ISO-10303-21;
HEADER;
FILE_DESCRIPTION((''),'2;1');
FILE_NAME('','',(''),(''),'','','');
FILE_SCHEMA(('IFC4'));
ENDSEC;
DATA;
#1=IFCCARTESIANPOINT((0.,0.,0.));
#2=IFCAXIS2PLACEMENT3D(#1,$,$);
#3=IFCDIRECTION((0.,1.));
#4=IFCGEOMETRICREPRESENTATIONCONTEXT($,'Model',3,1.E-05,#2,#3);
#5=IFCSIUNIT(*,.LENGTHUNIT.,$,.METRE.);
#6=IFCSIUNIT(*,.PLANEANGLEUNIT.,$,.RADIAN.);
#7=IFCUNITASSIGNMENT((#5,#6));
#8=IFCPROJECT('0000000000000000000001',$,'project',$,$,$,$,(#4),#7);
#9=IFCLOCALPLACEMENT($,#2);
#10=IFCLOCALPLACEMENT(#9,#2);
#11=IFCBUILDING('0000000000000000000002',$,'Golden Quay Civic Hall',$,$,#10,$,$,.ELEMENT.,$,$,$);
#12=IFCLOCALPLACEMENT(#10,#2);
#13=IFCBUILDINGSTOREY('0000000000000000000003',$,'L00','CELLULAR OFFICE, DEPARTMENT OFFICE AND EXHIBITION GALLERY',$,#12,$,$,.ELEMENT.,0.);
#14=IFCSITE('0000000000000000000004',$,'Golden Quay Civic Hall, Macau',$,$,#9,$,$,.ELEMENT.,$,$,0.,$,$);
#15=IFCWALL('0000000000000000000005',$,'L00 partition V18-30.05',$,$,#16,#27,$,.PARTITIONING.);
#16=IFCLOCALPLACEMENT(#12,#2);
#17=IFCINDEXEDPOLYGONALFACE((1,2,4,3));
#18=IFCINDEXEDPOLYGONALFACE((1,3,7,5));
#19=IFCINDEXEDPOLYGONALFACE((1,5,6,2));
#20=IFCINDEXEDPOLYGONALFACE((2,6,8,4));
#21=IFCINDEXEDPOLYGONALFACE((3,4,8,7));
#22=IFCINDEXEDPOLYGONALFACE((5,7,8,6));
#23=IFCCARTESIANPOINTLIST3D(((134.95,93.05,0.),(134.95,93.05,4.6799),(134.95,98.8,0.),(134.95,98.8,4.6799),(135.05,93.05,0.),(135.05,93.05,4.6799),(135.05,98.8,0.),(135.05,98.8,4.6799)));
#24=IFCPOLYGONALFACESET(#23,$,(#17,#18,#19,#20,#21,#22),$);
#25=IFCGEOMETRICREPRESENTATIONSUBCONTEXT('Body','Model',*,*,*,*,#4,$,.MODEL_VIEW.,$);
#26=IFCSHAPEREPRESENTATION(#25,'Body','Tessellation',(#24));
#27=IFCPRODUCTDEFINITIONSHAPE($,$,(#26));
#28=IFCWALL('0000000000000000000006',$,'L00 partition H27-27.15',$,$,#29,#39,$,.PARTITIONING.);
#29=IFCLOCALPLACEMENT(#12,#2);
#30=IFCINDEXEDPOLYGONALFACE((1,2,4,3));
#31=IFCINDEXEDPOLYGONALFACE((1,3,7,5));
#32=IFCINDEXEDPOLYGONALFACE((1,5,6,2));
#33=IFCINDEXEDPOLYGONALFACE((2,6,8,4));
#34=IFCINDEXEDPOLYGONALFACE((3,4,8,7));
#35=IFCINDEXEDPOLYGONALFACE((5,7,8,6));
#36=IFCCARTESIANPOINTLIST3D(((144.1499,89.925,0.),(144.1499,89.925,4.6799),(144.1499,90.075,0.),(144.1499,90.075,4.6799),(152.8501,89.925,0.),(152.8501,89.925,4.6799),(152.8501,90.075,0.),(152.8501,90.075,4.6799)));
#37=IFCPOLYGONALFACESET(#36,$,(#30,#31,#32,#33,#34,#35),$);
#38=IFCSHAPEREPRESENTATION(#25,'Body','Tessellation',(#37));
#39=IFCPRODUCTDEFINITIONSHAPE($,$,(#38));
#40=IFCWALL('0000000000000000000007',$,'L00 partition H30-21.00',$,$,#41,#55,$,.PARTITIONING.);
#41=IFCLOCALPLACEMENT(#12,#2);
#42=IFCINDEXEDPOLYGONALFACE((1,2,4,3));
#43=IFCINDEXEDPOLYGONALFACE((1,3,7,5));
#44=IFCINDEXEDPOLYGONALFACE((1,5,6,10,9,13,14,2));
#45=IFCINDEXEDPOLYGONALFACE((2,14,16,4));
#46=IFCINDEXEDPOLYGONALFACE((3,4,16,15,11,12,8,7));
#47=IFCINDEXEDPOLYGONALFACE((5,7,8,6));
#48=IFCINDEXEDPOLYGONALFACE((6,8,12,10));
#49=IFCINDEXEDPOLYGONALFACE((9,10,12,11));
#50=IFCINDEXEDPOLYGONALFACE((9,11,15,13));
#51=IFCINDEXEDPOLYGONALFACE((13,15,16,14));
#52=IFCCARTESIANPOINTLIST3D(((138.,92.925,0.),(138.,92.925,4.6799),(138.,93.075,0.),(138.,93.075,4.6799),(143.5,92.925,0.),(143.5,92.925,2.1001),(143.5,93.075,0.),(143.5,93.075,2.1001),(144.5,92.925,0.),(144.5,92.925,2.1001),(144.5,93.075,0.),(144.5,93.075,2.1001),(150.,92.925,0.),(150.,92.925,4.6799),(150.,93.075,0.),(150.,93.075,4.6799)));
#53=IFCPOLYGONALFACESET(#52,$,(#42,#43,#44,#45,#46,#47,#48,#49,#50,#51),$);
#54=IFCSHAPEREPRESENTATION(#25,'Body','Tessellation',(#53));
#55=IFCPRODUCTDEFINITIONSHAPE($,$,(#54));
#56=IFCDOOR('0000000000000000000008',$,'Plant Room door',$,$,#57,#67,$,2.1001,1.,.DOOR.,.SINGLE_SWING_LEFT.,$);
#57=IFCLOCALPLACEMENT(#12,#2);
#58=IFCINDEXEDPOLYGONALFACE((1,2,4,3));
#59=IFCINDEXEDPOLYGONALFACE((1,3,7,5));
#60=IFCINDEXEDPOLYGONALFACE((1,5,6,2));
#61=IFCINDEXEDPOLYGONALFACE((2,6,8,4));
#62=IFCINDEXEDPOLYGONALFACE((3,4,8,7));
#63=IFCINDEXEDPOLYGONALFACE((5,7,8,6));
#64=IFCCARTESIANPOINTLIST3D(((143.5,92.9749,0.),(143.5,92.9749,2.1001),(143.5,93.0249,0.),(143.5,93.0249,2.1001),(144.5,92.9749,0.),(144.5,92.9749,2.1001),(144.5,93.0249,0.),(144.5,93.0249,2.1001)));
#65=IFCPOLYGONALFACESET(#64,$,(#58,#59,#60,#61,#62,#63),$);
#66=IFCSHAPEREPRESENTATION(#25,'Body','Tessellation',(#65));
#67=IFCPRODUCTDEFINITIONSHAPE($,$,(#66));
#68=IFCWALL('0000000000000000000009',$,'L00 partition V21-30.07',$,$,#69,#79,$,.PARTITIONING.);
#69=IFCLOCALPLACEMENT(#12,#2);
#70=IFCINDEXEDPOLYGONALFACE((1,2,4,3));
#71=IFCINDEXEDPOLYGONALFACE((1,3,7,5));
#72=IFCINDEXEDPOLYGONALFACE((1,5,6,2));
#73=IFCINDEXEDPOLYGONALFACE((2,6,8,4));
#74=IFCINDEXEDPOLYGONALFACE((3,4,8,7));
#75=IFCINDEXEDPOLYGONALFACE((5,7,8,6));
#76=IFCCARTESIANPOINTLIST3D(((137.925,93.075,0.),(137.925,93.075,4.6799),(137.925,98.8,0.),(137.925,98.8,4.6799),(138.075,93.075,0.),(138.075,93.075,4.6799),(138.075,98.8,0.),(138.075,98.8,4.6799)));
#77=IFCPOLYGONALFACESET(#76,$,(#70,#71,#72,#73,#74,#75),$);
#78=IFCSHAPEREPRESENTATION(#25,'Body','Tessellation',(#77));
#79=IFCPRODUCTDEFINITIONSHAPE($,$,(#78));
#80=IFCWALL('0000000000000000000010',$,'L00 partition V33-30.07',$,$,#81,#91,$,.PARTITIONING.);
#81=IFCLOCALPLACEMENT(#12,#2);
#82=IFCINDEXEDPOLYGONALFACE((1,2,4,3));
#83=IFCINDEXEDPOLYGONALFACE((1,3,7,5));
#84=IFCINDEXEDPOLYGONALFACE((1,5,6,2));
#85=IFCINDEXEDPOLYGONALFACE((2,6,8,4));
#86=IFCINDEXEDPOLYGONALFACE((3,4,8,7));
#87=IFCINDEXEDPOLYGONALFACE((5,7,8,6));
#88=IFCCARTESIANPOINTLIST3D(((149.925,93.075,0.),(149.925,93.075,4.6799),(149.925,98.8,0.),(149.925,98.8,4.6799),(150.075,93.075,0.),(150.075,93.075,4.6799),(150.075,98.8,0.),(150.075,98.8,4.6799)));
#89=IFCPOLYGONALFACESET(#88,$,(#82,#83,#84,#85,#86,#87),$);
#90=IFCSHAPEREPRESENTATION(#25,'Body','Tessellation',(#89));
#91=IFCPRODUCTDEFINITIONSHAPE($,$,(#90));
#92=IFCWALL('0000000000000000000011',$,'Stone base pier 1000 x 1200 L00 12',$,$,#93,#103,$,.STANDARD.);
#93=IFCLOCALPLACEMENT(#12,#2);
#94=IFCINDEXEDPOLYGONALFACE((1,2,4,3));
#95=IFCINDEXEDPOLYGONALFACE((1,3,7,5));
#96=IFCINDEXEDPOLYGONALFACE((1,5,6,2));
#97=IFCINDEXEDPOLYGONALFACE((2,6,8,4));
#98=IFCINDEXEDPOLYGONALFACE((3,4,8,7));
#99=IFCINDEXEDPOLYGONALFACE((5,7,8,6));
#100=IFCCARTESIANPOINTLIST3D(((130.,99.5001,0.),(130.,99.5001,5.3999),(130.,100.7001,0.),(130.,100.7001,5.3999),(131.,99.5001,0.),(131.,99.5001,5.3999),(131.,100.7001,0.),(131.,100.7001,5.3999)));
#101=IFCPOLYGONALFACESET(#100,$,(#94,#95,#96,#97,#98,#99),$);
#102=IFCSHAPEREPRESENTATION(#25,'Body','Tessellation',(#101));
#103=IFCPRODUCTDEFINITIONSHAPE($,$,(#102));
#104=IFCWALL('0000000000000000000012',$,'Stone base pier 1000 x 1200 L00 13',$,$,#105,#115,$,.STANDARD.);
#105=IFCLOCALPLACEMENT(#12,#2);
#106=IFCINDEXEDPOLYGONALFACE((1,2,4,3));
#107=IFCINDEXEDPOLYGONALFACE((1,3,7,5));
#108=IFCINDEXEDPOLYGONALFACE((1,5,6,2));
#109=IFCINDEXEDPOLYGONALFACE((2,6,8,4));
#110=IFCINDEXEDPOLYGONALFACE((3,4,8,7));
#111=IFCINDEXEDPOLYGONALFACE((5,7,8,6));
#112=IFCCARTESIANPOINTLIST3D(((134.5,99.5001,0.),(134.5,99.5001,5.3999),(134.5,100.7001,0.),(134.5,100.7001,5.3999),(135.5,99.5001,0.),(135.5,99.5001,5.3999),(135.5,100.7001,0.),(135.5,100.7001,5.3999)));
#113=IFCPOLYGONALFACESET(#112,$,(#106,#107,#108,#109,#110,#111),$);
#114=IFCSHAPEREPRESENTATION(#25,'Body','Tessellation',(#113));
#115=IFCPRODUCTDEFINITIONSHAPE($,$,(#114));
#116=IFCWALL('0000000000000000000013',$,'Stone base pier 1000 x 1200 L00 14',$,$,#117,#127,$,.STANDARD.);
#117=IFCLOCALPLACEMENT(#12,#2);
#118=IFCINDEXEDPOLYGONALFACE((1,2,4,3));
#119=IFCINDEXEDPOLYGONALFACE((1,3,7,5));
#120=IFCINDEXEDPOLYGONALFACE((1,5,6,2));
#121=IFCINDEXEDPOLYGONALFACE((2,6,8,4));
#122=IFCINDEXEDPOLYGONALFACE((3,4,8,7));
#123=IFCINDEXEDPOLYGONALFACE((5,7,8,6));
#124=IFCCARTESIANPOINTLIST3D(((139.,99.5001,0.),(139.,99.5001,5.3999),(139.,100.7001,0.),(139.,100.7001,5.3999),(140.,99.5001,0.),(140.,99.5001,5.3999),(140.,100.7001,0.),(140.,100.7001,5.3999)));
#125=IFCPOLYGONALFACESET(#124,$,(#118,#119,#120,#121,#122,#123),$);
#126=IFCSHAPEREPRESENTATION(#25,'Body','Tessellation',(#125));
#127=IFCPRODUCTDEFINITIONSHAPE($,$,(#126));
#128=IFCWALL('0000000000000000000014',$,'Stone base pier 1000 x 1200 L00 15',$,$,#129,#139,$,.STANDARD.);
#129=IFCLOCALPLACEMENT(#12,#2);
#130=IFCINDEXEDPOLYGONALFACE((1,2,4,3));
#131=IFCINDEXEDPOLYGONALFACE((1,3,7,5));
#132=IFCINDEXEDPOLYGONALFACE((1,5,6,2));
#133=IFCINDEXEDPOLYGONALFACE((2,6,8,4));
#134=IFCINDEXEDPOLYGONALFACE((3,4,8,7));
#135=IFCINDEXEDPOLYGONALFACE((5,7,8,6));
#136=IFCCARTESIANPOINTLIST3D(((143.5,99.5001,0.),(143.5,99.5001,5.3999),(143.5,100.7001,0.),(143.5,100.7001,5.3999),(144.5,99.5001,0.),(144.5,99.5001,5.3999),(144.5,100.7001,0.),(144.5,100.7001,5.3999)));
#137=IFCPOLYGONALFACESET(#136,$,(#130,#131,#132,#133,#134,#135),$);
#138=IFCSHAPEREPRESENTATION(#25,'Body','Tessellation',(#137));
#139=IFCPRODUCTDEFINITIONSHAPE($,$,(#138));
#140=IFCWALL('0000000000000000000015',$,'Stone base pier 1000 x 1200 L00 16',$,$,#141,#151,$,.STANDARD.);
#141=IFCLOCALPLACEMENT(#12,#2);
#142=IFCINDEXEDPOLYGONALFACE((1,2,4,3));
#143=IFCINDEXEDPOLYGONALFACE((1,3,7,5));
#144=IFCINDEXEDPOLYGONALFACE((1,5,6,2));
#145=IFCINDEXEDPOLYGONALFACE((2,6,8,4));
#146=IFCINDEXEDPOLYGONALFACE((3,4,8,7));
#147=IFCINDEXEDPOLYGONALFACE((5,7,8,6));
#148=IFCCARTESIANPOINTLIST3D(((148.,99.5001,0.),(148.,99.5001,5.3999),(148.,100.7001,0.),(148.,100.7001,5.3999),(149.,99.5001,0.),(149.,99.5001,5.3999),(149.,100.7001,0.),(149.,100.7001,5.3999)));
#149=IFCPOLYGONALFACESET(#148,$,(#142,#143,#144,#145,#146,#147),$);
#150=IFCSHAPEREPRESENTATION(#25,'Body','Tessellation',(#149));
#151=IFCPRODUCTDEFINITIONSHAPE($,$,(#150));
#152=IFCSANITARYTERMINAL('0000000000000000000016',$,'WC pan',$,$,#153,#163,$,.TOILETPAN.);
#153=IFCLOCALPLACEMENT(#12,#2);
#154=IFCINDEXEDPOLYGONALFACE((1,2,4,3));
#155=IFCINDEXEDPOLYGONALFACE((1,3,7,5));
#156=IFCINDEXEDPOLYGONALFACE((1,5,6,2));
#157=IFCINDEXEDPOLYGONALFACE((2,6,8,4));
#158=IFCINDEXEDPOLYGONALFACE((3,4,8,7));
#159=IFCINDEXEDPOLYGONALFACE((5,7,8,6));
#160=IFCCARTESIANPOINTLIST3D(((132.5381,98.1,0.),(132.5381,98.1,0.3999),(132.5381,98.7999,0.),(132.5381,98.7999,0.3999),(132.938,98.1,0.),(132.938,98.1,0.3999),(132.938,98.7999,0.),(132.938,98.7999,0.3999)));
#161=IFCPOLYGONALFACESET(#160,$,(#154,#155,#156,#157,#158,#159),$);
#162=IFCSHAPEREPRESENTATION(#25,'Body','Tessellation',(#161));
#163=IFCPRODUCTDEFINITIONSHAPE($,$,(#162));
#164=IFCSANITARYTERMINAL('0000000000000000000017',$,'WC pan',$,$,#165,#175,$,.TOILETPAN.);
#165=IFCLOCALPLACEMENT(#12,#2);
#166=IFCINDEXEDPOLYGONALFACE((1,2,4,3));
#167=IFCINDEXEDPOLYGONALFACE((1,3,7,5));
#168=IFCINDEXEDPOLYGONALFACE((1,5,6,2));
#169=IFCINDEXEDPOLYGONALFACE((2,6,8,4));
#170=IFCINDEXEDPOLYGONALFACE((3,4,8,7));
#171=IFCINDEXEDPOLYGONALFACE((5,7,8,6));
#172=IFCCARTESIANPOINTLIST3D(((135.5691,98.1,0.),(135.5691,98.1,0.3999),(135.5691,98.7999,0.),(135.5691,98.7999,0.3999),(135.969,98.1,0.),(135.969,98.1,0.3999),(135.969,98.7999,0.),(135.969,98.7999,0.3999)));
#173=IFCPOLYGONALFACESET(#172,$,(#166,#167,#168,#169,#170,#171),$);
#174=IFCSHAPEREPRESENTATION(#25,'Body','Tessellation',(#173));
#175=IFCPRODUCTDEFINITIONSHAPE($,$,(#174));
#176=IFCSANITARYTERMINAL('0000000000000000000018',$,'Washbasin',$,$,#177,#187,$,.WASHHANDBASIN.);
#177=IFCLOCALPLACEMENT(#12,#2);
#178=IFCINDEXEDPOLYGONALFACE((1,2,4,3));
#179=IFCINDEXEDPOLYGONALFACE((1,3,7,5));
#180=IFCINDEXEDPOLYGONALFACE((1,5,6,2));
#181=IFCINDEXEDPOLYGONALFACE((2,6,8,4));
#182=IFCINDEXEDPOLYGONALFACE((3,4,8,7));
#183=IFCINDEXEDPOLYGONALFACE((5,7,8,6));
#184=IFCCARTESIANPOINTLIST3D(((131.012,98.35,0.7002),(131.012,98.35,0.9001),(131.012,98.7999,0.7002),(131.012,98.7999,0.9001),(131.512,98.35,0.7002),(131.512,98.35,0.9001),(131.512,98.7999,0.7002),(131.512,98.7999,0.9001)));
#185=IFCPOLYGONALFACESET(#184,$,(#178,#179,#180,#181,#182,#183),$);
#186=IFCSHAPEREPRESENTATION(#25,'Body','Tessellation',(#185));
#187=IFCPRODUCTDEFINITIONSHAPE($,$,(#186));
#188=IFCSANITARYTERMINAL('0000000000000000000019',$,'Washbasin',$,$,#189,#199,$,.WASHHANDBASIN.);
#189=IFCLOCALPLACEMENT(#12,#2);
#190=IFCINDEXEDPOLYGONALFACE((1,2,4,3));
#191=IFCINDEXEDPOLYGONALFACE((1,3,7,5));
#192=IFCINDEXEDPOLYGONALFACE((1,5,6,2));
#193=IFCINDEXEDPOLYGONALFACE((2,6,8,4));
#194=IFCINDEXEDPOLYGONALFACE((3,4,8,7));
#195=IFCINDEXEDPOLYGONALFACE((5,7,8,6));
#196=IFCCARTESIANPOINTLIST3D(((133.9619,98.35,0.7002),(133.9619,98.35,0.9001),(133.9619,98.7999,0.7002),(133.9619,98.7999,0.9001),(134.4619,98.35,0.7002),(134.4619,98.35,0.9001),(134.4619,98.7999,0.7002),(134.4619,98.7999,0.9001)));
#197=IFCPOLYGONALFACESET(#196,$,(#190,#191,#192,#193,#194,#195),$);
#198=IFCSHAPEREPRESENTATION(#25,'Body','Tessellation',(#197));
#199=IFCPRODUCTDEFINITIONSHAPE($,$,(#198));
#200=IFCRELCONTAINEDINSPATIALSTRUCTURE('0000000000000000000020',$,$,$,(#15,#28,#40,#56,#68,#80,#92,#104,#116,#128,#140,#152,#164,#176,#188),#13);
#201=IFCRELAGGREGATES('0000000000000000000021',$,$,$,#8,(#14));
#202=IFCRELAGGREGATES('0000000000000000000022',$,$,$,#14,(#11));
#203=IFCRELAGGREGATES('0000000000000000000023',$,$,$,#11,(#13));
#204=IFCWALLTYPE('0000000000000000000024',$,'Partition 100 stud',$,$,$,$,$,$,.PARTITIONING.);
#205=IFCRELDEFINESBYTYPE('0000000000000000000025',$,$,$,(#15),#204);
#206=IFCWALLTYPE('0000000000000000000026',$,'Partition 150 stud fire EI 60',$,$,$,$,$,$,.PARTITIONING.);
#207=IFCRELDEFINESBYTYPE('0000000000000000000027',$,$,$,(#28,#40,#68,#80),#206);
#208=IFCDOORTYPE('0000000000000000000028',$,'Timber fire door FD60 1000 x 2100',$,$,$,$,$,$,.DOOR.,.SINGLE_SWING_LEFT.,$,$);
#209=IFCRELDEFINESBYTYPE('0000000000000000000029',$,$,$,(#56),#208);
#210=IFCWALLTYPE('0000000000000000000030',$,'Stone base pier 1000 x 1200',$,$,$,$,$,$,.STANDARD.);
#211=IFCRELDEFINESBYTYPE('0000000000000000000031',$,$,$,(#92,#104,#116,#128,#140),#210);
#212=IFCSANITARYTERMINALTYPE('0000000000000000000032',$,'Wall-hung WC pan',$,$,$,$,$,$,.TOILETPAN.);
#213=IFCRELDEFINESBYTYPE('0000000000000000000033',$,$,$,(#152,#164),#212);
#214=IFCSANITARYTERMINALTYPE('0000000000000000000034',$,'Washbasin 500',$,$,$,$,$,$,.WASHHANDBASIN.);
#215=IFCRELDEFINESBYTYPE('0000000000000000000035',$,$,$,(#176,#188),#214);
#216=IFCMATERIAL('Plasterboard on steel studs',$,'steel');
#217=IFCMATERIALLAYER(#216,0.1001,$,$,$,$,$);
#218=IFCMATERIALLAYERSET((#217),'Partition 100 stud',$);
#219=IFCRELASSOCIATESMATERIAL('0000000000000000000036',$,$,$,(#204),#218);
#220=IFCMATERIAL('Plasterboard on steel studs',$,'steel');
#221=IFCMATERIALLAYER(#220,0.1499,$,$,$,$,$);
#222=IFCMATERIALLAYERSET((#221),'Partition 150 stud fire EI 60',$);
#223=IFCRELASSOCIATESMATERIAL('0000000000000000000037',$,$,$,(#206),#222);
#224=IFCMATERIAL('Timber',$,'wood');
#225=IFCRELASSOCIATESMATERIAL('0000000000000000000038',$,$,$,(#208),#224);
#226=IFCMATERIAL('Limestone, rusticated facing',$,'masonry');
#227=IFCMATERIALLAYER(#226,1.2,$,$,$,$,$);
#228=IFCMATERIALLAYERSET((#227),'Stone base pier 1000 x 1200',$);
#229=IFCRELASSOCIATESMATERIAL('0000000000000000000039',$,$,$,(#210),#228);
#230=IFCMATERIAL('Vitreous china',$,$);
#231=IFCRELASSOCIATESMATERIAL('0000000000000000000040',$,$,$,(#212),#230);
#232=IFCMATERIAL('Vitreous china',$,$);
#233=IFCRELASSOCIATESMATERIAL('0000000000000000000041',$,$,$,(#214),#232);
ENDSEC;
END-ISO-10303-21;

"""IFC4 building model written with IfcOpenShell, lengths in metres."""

from ifc_helpers import new_model, si_unit, direction, frame, frame_2d, origin, origin_2d, place, context, subcontext, project, spatial, rectangle, extrude, material, layer, layer_set, type_object, element, fill, save


model = new_model("IFC4")

# Units and contexts
model_context = context("Model", 3, precision=1e-05, world=origin(), true_north=direction((0.0, 1.0)))
body_context = subcontext(model_context, "Body", "Model", "MODEL_VIEW")
ifc_project = project(units=[si_unit("LENGTHUNIT", "METRE"), si_unit("PLANEANGLEUNIT", "RADIAN")], contexts=[model_context])

# Site, building, storey
site_placement = place(None, origin())
site = spatial("IfcSite", under=ifc_project, at=site_placement, Name="Golden Quay Civic Hall, Macau", CompositionType="ELEMENT", RefElevation=0.0)
building_placement = place(site_placement, origin())
building = spatial("IfcBuilding", under=site, at=building_placement, Name="Golden Quay Civic Hall", CompositionType="ELEMENT")
storey_placement = place(building_placement, origin())
storey = spatial("IfcBuildingStorey", under=building, at=storey_placement, Name="L00", Description="CELLULAR OFFICE, DEPARTMENT OFFICE AND EXHIBITION GALLERY", CompositionType="ELEMENT", Elevation=0.0)

# Shared definitions
ifc_material_1 = material(Name="Plasterboard on steel studs", Category="steel")
ifc_layer_1 = layer(ifc_material_1, 0.1001)
ifc_layer_set_1 = layer_set([ifc_layer_1], Name="Partition 100 stud")
wall_type_1 = type_object("IfcWallType", Name="Partition 100 stud", PredefinedType="PARTITIONING", material=ifc_layer_set_1)

# Walls
wall_1_placement = place(storey_placement, frame((135.0, 93.05, 0.0), z_axis=(0.0, 0.0, 1.0), x_axis=(0.0, 1.0, 0.0)))
element("IfcWall", 1, at=wall_1_placement, inside=storey, type_object=wall_type_1, Name="L00 partition V18-30.05", PredefinedType="PARTITIONING", context=body_context, shape_type="SweptSolid", body=[
    extrude(rectangle(XDim=5.75, YDim=0.1001, at=frame_2d((2.875, 0.0))), origin(), (0.0, 0.0, 1.0), 4.6799),
])
ifc_material_2 = material(Name="Plasterboard on steel studs", Category="steel")
ifc_layer_2 = layer(ifc_material_2, 0.1499)
ifc_layer_set_2 = layer_set([ifc_layer_2], Name="Partition 150 stud fire EI 60")
wall_type_2 = type_object("IfcWallType", Name="Partition 150 stud fire EI 60", PredefinedType="PARTITIONING", material=ifc_layer_set_2)
wall_2_placement = place(storey_placement, frame((144.1499, 90.0, 0.0), z_axis=(0.0, 0.0, 1.0), x_axis=(1.0, 0.0, 0.0)))
element("IfcWall", 2, at=wall_2_placement, inside=storey, type_object=wall_type_2, Name="L00 partition H27-27.15", PredefinedType="PARTITIONING", context=body_context, shape_type="SweptSolid", body=[
    extrude(rectangle(XDim=8.7002, YDim=0.1499, at=frame_2d((4.3501, 0.0))), origin(), (0.0, 0.0, 1.0), 4.6799),
])

# Wall, opening, door
wall_3_placement = place(storey_placement, frame((138.0, 93.0, 0.0), z_axis=(0.0, 0.0, 1.0), x_axis=(1.0, 0.0, 0.0)))
wall_3 = element("IfcWall", 3, at=wall_3_placement, inside=storey, type_object=wall_type_2, Name="L00 partition H30-21.00", PredefinedType="PARTITIONING", context=body_context, shape_type="SweptSolid", body=[
    extrude(rectangle(XDim=12.0, YDim=0.1499, at=frame_2d((6.0, 0.0))), origin(), (0.0, 0.0, 1.0), 4.6799),
])
opening_1_placement = place(wall_3_placement, frame((5.5, 0.0, 0.0)))
opening_1 = element("IfcOpeningElement", 4, at=opening_1_placement, cuts=wall_3, PredefinedType="OPENING", context=body_context, shape_type="SweptSolid", body=[
    extrude(rectangle(XDim=1.0, YDim=2.1001, at=frame_2d((0.5, 1.05))), frame((0.0, 0.085, 0.0), z_axis=(0.0, -1.0, 0.0), x_axis=(1.0, 0.0, 0.0)), (0.0, 0.0, 1.0), 0.1699),
])
ifc_material_3 = material(Name="Timber", Category="wood")
door_type_1 = type_object("IfcDoorType", Name="Timber fire door FD60 1000 x 2100", OperationType="SINGLE_SWING_LEFT", PredefinedType="DOOR", material=ifc_material_3)
door_1_placement = place(opening_1_placement, origin())
door_1 = element("IfcDoor", 5, at=door_1_placement, inside=storey, type_object=door_type_1, Name="Plant Room door", OperationType="SINGLE_SWING_LEFT", OverallHeight=2.1001, OverallWidth=1.0, PredefinedType="DOOR", context=body_context, shape_type="SweptSolid", body=[
    extrude(rectangle(XDim=1.0, YDim=2.1001, at=frame_2d((0.5, 1.05))), frame((0.0, 0.0249, 0.0), z_axis=(0.0, -1.0, 0.0), x_axis=(1.0, 0.0, 0.0)), (0.0, 0.0, 1.0), 0.05),
])
fill(opening_1, door_1)

# Walls
for number, where, z_axis, x_axis, name in (
    (6, (138.0, 93.075, 0.0), (0.0, 0.0, 1.0), (0.0, 1.0, 0.0), "L00 partition V21-30.07"),
    (7, (150.0, 93.075, 0.0), (0.0, 0.0, 1.0), (0.0, 1.0, 0.0), "L00 partition V33-30.07"),
):
    element("IfcWall", number, at=place(storey_placement, frame(where, z_axis=z_axis, x_axis=x_axis)), inside=storey, type_object=wall_type_2, Name=name, PredefinedType="PARTITIONING", context=body_context, shape_type="SweptSolid", body=[
        extrude(rectangle(XDim=5.7251, YDim=0.1499, at=frame_2d((2.8625, 0.0))), origin(), (0.0, 0.0, 1.0), 4.6799),
    ])
ifc_material_4 = material(Name="Limestone, rusticated facing", Category="masonry")
ifc_layer_3 = layer(ifc_material_4, 1.2)
ifc_layer_set_3 = layer_set([ifc_layer_3], Name="Stone base pier 1000 x 1200")
wall_type_3 = type_object("IfcWallType", Name="Stone base pier 1000 x 1200", PredefinedType="STANDARD", material=ifc_layer_set_3)
for number, where, z_axis, x_axis, name in (
    (8, (130.0, 100.1001, 0.0), (0.0, 0.0, 1.0), (1.0, 0.0, 0.0), "Stone base pier 1000 x 1200 L00 12"),
    (9, (134.5, 100.1001, 0.0), (0.0, 0.0, 1.0), (1.0, 0.0, 0.0), "Stone base pier 1000 x 1200 L00 13"),
    (10, (139.0, 100.1001, 0.0), (0.0, 0.0, 1.0), (1.0, 0.0, 0.0), "Stone base pier 1000 x 1200 L00 14"),
    (11, (143.5, 100.1001, 0.0), (0.0, 0.0, 1.0), (1.0, 0.0, 0.0), "Stone base pier 1000 x 1200 L00 15"),
    (12, (148.0, 100.1001, 0.0), (0.0, 0.0, 1.0), (1.0, 0.0, 0.0), "Stone base pier 1000 x 1200 L00 16"),
):
    element("IfcWall", number, at=place(storey_placement, frame(where, z_axis=z_axis, x_axis=x_axis)), inside=storey, type_object=wall_type_3, Name=name, PredefinedType="STANDARD", context=body_context, shape_type="SweptSolid", body=[
        extrude(rectangle(XDim=1.0, YDim=1.2, at=frame_2d((0.5, 0.0))), origin(), (0.0, 0.0, 1.0), 5.3999),
    ])

# Sanitary terminals
ifc_material_5 = material(Name="Vitreous china")
sanitary_terminal_type_1 = type_object("IfcSanitaryTerminalType", Name="Wall-hung WC pan", PredefinedType="TOILETPAN", material=ifc_material_5)
for number, where, z_axis, x_axis, name in (
    (13, (132.738, 98.45, 0.0), (0.0, 0.0, 1.0), (1.0, 0.0, 0.0), "WC pan"),
    (14, (135.769, 98.45, 0.0), (0.0, 0.0, 1.0), (1.0, 0.0, 0.0), "WC pan"),
):
    element("IfcSanitaryTerminal", number, at=place(storey_placement, frame(where, z_axis=z_axis, x_axis=x_axis)), inside=storey, type_object=sanitary_terminal_type_1, Name=name, PredefinedType="TOILETPAN", context=body_context, shape_type="SweptSolid", body=[
        extrude(rectangle(XDim=0.3999, YDim=0.7, at=origin_2d()), origin(), (0.0, 0.0, 1.0), 0.3999),
    ])
ifc_material_6 = material(Name="Vitreous china")
sanitary_terminal_type_2 = type_object("IfcSanitaryTerminalType", Name="Washbasin 500", PredefinedType="WASHHANDBASIN", material=ifc_material_6)
for number, where, z_axis, x_axis, name in (
    (15, (131.262, 98.575, 0.7002), (0.0, 0.0, 1.0), (1.0, 0.0, 0.0), "Washbasin"),
    (16, (134.2119, 98.575, 0.7002), (0.0, 0.0, 1.0), (1.0, 0.0, 0.0), "Washbasin"),
):
    element("IfcSanitaryTerminal", number, at=place(storey_placement, frame(where, z_axis=z_axis, x_axis=x_axis)), inside=storey, type_object=sanitary_terminal_type_2, Name=name, PredefinedType="WASHHANDBASIN", context=body_context, shape_type="SweptSolid", body=[
        extrude(rectangle(XDim=0.5, YDim=0.45, at=origin_2d()), origin(), (0.0, 0.0, 1.0), 0.2),
    ])

save(model, "model.ifc")
